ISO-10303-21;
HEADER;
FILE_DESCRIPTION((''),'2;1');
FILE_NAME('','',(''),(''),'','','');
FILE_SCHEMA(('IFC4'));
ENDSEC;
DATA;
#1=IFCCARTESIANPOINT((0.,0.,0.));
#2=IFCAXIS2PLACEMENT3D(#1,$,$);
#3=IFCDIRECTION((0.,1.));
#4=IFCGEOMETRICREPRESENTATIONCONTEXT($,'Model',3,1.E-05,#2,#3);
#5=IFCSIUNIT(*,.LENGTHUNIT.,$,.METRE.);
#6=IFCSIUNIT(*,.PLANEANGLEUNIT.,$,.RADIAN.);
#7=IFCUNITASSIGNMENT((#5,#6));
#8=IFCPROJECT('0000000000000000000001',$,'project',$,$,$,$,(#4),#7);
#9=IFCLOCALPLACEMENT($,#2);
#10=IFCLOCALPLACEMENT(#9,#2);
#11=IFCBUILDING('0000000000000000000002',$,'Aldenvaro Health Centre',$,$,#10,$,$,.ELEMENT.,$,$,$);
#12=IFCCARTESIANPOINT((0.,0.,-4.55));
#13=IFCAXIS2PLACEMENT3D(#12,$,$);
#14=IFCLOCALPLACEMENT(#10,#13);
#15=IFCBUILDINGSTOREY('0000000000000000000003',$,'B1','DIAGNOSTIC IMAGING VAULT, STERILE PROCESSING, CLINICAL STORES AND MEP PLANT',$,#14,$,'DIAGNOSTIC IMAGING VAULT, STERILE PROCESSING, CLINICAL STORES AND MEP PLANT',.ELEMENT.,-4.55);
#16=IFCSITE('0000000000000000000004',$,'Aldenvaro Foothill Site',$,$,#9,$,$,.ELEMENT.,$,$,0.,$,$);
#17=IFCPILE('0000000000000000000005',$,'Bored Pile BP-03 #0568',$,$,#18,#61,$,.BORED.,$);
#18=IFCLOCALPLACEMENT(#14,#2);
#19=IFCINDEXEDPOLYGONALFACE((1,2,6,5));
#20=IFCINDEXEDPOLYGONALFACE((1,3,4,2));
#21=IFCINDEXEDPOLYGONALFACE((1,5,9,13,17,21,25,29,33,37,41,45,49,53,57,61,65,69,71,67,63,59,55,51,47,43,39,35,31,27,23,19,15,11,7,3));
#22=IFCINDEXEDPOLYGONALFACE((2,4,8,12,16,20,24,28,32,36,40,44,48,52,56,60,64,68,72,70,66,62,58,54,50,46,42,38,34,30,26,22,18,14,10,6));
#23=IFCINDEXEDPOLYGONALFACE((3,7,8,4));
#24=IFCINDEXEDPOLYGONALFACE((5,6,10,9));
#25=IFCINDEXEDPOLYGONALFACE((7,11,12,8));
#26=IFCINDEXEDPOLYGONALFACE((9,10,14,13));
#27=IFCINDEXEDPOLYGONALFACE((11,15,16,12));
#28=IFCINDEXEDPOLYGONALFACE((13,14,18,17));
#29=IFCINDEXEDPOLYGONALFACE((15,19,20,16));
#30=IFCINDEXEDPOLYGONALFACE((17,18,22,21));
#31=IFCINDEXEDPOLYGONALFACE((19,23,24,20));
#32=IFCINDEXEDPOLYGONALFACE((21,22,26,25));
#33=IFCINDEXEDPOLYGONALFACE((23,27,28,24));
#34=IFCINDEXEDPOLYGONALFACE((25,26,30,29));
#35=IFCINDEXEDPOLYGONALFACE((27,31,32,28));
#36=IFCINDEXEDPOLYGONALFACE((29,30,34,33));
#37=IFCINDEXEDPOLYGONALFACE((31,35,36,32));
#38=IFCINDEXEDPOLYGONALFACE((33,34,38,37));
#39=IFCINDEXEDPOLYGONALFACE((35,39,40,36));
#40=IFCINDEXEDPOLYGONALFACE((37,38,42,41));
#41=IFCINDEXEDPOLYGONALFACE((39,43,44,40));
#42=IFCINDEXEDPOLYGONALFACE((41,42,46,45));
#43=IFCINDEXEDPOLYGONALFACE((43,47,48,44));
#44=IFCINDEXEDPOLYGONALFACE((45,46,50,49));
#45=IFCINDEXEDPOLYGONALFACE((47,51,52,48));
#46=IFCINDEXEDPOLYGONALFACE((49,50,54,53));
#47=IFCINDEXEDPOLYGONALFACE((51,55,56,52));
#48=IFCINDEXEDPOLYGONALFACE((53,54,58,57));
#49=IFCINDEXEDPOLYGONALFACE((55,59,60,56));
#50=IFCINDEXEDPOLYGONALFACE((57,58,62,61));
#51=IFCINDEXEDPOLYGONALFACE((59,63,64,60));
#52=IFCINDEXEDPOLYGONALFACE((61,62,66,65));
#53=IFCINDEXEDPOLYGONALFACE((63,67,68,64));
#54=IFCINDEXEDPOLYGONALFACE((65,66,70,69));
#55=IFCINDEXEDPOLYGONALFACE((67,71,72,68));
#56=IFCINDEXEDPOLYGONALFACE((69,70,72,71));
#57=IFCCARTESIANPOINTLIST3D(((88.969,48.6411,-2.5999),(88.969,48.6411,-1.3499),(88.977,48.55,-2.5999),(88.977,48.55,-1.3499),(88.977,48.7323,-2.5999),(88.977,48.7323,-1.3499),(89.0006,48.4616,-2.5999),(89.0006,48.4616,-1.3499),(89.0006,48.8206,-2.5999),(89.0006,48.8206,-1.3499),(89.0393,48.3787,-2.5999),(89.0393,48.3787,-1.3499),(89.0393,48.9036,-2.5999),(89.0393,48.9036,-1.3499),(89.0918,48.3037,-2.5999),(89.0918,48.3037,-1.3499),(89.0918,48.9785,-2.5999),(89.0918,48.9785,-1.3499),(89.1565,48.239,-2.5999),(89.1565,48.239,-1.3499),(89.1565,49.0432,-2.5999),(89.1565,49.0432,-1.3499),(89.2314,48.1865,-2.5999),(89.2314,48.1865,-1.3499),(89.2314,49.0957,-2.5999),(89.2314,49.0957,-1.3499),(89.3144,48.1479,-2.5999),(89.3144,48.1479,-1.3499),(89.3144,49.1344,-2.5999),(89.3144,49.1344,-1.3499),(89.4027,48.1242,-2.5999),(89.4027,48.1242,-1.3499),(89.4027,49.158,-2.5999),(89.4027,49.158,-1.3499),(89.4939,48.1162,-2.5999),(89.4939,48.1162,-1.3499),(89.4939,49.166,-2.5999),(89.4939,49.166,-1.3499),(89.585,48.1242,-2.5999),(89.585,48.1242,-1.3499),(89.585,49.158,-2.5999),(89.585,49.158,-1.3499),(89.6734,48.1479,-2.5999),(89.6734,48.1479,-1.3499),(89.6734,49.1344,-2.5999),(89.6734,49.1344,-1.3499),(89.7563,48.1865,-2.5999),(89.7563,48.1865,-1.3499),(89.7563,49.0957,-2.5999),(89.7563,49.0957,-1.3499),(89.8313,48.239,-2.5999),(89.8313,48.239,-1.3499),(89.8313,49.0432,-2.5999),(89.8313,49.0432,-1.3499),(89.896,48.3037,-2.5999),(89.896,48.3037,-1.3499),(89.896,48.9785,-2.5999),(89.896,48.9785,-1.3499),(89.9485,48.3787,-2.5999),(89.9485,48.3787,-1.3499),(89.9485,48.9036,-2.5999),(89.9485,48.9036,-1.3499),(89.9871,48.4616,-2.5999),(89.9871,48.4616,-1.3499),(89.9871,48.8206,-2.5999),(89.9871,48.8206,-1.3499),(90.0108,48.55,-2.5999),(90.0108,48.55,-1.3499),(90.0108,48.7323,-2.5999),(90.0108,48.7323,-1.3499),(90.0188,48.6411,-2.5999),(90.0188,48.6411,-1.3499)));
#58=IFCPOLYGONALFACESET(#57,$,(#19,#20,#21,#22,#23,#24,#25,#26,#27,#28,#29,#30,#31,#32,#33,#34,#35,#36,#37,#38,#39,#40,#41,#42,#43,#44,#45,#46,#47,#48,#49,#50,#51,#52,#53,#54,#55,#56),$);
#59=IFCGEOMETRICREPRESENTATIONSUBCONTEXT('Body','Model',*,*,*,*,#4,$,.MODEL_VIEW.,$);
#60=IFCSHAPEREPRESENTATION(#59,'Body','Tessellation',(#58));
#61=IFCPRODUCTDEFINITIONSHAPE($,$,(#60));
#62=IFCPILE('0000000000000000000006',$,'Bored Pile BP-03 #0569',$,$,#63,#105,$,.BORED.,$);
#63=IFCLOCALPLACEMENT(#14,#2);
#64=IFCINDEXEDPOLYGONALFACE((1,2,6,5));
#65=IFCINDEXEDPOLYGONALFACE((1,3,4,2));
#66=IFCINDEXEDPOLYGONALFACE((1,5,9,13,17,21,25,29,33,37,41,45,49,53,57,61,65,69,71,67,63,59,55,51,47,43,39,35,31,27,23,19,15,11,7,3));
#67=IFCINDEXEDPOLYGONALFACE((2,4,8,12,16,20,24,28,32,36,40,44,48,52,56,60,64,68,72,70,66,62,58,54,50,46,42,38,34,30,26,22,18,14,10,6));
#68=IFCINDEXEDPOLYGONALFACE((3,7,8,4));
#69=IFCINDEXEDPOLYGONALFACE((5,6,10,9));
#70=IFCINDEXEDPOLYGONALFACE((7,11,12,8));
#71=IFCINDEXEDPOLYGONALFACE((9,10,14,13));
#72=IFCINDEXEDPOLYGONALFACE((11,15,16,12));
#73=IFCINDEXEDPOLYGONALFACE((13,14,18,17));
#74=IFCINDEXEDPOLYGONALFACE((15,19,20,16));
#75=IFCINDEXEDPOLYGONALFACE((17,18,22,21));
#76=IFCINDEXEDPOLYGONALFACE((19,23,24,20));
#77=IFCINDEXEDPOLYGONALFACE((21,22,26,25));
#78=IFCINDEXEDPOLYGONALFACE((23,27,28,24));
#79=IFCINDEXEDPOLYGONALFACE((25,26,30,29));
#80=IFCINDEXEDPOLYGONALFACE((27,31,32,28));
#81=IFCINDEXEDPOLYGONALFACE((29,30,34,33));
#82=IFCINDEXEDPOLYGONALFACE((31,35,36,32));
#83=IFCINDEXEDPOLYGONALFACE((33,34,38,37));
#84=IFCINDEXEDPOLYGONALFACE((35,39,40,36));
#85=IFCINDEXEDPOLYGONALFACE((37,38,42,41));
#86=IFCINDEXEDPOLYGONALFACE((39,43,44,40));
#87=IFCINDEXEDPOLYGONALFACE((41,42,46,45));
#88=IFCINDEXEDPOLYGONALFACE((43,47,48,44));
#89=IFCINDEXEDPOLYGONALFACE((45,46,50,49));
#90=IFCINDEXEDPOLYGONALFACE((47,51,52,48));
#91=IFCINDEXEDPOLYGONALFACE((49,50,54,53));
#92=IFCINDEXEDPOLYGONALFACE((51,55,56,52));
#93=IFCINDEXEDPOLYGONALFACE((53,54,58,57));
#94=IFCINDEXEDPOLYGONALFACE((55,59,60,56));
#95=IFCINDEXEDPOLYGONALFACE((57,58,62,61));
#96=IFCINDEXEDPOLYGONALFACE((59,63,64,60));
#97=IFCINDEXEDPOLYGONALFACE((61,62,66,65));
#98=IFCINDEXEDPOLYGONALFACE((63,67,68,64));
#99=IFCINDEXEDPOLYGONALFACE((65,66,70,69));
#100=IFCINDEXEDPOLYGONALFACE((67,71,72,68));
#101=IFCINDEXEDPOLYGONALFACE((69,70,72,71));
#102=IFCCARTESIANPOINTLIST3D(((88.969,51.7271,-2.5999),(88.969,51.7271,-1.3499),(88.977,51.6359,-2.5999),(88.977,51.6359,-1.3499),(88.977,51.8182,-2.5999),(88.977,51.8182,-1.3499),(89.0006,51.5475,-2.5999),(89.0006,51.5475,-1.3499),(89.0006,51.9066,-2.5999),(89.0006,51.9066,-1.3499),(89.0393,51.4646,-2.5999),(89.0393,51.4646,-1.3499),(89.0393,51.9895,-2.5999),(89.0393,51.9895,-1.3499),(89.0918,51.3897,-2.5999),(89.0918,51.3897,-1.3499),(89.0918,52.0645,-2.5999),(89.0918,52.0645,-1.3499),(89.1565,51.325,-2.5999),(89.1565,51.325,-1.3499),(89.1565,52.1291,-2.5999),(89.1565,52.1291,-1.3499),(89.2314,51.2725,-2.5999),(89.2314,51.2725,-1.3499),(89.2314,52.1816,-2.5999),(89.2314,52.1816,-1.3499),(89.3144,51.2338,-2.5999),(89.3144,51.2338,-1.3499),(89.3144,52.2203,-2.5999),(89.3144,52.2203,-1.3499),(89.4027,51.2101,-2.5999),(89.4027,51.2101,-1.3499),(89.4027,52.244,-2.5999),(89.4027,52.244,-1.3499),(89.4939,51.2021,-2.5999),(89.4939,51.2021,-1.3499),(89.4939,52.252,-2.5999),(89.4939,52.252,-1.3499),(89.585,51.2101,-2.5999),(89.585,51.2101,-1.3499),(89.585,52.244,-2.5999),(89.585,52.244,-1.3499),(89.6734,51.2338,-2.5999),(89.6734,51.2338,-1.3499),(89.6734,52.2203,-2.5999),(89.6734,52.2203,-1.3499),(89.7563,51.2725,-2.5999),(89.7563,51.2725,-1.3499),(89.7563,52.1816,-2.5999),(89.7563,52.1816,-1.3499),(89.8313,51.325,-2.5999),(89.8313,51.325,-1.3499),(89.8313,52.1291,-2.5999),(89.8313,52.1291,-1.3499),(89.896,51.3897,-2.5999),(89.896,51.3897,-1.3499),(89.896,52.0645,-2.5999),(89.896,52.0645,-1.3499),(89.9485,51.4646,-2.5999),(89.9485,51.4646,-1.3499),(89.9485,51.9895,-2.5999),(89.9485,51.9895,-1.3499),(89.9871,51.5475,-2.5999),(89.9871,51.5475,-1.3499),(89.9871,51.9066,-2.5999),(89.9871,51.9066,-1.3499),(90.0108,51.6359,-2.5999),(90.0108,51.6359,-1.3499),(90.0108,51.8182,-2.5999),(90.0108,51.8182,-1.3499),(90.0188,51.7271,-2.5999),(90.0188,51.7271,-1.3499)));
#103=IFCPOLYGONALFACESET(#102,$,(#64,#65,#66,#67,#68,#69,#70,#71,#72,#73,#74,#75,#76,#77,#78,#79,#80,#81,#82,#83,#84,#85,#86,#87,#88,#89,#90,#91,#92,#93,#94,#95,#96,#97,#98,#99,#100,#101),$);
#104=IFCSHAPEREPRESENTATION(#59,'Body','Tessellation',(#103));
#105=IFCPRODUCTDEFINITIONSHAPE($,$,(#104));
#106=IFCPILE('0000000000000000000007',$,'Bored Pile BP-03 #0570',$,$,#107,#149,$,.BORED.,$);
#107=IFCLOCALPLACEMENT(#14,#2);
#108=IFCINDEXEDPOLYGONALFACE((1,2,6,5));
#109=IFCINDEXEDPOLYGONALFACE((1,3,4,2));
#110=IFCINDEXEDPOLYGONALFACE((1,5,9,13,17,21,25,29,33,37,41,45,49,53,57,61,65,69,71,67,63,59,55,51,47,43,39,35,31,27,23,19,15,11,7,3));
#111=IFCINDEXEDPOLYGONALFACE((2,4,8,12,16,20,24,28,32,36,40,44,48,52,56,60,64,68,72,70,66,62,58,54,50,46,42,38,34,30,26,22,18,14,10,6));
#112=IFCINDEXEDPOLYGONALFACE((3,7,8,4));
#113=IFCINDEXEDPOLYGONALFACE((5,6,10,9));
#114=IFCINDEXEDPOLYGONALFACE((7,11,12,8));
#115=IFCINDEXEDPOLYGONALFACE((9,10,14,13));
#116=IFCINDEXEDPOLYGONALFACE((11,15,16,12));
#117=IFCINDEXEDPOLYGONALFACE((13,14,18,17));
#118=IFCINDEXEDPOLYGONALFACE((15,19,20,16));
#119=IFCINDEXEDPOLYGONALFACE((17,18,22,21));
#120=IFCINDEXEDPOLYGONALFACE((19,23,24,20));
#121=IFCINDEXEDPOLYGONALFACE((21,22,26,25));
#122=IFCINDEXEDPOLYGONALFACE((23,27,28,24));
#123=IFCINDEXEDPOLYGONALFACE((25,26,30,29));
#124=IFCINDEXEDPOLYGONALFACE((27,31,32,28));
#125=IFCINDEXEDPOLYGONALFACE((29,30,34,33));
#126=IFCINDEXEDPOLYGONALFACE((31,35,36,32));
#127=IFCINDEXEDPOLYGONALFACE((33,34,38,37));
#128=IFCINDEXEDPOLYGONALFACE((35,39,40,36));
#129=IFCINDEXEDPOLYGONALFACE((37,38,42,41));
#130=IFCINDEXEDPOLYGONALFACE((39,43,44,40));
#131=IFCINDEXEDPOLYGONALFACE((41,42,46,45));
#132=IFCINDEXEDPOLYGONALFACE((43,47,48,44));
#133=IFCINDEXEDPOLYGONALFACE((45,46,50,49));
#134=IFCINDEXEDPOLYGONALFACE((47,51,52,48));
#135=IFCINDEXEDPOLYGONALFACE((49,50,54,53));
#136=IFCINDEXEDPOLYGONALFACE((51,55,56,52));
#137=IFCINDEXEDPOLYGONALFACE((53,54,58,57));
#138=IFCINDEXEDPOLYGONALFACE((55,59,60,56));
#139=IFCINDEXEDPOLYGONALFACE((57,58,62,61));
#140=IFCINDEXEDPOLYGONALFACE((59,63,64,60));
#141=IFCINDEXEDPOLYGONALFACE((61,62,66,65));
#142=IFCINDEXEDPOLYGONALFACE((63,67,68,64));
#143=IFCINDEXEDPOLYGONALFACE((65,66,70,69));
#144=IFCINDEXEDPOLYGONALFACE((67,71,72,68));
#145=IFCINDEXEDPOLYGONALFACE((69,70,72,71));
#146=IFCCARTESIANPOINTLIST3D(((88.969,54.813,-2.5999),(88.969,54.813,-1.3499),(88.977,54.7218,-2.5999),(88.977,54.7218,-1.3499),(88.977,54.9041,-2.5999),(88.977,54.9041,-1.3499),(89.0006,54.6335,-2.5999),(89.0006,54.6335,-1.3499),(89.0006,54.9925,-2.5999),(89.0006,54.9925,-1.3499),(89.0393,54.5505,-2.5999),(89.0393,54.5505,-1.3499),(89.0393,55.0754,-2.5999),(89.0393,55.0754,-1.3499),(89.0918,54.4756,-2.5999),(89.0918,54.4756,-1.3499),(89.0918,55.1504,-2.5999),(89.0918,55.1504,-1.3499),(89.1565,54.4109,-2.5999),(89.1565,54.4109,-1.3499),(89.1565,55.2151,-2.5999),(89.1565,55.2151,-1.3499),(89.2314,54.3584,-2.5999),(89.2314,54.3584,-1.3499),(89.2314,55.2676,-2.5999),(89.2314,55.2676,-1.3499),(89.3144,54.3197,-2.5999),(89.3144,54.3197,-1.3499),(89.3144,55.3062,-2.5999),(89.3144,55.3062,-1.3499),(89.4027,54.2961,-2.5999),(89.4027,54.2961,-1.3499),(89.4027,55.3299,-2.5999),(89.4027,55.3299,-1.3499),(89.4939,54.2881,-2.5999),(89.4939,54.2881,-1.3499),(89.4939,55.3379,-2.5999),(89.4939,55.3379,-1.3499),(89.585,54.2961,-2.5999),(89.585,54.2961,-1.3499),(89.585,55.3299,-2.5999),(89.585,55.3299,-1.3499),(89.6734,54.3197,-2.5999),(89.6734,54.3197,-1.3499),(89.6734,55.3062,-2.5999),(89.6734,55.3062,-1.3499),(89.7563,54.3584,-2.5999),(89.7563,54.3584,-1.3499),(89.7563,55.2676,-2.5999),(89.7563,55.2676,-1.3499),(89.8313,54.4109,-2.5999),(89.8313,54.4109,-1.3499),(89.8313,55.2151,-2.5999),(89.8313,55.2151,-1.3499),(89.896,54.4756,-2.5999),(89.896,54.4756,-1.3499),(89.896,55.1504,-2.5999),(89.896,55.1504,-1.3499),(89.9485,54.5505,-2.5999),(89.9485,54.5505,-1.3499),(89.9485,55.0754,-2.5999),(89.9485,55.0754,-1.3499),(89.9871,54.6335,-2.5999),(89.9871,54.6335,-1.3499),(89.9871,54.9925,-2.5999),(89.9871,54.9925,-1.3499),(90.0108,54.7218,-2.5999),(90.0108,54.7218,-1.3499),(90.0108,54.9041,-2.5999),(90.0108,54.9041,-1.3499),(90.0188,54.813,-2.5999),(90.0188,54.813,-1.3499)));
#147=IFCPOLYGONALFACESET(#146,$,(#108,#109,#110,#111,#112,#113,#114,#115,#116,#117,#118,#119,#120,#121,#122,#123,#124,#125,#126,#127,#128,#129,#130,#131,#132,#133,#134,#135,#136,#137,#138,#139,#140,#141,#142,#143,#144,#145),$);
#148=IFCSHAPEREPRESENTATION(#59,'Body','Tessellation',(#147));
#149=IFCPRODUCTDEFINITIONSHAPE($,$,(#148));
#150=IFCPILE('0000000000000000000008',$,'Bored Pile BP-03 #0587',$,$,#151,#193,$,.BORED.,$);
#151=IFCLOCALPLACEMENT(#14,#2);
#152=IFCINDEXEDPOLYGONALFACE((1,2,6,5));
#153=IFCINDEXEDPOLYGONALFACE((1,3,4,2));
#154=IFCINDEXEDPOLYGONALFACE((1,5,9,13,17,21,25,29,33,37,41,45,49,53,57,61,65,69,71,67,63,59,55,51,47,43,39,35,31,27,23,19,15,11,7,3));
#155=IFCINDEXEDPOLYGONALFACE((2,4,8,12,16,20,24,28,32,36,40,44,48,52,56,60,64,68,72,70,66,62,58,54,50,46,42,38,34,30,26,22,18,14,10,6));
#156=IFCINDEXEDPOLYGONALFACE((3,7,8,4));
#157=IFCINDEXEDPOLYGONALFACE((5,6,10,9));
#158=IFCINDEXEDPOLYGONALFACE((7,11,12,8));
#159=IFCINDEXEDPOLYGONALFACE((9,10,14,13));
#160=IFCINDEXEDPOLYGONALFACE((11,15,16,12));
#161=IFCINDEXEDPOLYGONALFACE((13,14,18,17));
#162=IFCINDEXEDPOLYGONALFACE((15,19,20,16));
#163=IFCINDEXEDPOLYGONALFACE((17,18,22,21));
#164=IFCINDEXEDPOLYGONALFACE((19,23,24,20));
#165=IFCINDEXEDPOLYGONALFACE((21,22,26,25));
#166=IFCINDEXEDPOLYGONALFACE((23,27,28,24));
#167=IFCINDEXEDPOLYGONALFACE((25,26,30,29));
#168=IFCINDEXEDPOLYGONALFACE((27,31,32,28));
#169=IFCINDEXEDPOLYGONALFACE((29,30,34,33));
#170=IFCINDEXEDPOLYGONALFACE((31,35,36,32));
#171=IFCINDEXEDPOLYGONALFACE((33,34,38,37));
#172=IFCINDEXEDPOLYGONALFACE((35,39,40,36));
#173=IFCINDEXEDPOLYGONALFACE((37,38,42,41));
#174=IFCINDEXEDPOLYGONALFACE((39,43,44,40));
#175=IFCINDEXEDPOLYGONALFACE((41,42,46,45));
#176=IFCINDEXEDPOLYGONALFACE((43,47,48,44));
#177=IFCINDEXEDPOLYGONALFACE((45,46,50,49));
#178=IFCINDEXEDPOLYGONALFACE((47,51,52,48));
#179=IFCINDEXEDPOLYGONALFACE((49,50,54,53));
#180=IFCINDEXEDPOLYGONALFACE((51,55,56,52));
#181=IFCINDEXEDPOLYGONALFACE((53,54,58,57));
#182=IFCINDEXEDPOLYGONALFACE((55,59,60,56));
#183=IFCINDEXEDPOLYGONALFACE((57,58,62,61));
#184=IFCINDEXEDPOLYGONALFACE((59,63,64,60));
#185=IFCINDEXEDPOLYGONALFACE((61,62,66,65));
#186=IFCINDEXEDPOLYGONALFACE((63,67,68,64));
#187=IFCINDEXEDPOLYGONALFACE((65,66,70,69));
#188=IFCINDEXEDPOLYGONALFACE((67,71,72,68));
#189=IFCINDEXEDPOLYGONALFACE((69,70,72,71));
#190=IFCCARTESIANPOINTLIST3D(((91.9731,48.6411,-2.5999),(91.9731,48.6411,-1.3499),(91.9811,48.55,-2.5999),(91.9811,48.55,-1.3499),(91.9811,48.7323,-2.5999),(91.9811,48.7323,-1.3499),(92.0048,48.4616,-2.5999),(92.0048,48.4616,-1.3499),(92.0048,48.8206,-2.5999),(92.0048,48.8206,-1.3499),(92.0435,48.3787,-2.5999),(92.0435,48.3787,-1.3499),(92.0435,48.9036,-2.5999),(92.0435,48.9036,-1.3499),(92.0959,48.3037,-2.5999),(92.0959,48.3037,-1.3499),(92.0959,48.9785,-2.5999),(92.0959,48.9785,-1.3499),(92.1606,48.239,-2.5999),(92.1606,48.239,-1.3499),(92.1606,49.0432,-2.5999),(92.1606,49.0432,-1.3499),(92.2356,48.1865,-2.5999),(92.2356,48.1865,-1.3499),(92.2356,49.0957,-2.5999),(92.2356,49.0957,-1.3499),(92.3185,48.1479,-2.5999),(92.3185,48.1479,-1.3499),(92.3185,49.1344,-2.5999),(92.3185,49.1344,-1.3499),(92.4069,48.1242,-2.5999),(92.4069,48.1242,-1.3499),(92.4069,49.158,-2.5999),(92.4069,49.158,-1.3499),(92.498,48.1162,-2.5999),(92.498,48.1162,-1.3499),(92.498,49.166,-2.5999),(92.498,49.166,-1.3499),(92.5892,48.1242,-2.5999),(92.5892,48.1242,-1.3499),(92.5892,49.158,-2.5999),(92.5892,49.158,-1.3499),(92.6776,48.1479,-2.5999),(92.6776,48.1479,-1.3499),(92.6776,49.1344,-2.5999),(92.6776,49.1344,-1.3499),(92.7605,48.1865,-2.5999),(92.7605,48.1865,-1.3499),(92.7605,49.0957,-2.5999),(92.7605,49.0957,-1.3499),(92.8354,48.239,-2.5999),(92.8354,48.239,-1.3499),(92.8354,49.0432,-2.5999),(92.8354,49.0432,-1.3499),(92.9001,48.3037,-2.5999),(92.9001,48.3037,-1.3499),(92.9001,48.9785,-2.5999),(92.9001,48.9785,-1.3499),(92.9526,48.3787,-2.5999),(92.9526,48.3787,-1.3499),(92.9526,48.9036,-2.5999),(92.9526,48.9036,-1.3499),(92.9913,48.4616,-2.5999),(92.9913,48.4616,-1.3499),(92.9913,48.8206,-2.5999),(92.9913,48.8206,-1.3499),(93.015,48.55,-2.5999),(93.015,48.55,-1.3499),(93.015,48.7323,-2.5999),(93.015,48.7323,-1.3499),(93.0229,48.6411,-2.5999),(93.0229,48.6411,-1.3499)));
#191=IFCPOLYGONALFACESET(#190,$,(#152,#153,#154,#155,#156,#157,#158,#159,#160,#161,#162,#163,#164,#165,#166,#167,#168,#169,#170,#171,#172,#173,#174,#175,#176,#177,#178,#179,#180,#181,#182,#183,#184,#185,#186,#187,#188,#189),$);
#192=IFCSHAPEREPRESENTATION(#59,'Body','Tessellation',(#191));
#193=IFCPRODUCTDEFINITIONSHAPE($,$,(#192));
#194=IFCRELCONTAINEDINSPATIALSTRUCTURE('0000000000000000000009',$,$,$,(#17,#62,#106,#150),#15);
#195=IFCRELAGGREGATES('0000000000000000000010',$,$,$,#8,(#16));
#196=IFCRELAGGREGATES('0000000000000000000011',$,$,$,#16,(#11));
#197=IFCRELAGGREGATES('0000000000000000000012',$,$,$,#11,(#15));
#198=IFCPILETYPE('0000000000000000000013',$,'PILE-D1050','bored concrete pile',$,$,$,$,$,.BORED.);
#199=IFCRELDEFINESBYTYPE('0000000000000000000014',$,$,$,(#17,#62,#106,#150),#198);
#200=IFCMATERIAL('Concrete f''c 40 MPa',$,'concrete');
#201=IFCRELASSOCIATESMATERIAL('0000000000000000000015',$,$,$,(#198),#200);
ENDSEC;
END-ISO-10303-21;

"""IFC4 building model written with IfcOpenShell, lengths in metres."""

from ifc_helpers import new_model, si_unit, direction, frame, origin, origin_2d, place, context, subcontext, project, spatial, circle, extrude, material, material_profile, profile_set, type_object, element, save


model = new_model("IFC4")

# Units and contexts
model_context = context("Model", 3, precision=1e-05, world=origin(), true_north=direction((0.0, 1.0)))
body_context = subcontext(model_context, "Body", "Model", "MODEL_VIEW")
ifc_project = project(units=[si_unit("LENGTHUNIT", "METRE"), si_unit("PLANEANGLEUNIT", "RADIAN")], contexts=[model_context])

# Site, building, storey
site_placement = place(None, origin())
site = spatial("IfcSite", under=ifc_project, at=site_placement, Name="Aldenvaro Foothill Site", CompositionType="ELEMENT", RefElevation=0.0)
building_placement = place(site_placement, origin())
building = spatial("IfcBuilding", under=site, at=building_placement, Name="Aldenvaro Health Centre", CompositionType="ELEMENT")
storey_placement = place(building_placement, frame((0.0, 0.0, -4.55)))
storey = spatial("IfcBuildingStorey", under=building, at=storey_placement, Name="B1", Description="DIAGNOSTIC IMAGING VAULT, STERILE PROCESSING, CLINICAL STORES AND MEP PLANT", LongName="DIAGNOSTIC IMAGING VAULT, STERILE PROCESSING, CLINICAL STORES AND MEP PLANT", CompositionType="ELEMENT", Elevation=-4.55)

# Piles
ifc_material = material(Name="Concrete f'c 40 MPa", Category="concrete")
ifc_material_profile_1 = material_profile(ifc_material, circle(Radius=0.5249, at=origin_2d()), Name="PILE D1050", Category="concrete")
ifc_profile_set_1 = profile_set([ifc_material_profile_1], Name="Concrete f'c 40 MPa")
pile_type = type_object("IfcPileType", Name="PILE-D1050", Description="bored concrete pile", PredefinedType="BORED", material=ifc_profile_set_1)
for number, where, z_axis, x_axis, name in (
    (1, (89.4939, 48.6411, -1.3499), (0.0, 0.0, -1.0), (1.0, 0.0, 0.0), "Bored Pile BP-03 #0568"),
    (2, (89.4939, 51.7271, -1.3499), (0.0, 0.0, -1.0), (1.0, 0.0, 0.0), "Bored Pile BP-03 #0569"),
    (3, (89.4939, 54.813, -1.3499), (0.0, 0.0, -1.0), (1.0, 0.0, 0.0), "Bored Pile BP-03 #0570"),
    (4, (92.498, 48.6411, -1.3499), (0.0, 0.0, -1.0), (1.0, 0.0, 0.0), "Bored Pile BP-03 #0587"),
):
    element("IfcPile", number, at=place(storey_placement, frame(where, z_axis=z_axis, x_axis=x_axis)), inside=storey, type_object=pile_type, Name=name, PredefinedType="BORED", context=body_context, shape_type="SweptSolid", body=[
        extrude(circle(Radius=0.5249, at=origin_2d()), origin(), (0.0, 0.0, 1.0), 1.25),
    ])

save(model, "model.ifc")
